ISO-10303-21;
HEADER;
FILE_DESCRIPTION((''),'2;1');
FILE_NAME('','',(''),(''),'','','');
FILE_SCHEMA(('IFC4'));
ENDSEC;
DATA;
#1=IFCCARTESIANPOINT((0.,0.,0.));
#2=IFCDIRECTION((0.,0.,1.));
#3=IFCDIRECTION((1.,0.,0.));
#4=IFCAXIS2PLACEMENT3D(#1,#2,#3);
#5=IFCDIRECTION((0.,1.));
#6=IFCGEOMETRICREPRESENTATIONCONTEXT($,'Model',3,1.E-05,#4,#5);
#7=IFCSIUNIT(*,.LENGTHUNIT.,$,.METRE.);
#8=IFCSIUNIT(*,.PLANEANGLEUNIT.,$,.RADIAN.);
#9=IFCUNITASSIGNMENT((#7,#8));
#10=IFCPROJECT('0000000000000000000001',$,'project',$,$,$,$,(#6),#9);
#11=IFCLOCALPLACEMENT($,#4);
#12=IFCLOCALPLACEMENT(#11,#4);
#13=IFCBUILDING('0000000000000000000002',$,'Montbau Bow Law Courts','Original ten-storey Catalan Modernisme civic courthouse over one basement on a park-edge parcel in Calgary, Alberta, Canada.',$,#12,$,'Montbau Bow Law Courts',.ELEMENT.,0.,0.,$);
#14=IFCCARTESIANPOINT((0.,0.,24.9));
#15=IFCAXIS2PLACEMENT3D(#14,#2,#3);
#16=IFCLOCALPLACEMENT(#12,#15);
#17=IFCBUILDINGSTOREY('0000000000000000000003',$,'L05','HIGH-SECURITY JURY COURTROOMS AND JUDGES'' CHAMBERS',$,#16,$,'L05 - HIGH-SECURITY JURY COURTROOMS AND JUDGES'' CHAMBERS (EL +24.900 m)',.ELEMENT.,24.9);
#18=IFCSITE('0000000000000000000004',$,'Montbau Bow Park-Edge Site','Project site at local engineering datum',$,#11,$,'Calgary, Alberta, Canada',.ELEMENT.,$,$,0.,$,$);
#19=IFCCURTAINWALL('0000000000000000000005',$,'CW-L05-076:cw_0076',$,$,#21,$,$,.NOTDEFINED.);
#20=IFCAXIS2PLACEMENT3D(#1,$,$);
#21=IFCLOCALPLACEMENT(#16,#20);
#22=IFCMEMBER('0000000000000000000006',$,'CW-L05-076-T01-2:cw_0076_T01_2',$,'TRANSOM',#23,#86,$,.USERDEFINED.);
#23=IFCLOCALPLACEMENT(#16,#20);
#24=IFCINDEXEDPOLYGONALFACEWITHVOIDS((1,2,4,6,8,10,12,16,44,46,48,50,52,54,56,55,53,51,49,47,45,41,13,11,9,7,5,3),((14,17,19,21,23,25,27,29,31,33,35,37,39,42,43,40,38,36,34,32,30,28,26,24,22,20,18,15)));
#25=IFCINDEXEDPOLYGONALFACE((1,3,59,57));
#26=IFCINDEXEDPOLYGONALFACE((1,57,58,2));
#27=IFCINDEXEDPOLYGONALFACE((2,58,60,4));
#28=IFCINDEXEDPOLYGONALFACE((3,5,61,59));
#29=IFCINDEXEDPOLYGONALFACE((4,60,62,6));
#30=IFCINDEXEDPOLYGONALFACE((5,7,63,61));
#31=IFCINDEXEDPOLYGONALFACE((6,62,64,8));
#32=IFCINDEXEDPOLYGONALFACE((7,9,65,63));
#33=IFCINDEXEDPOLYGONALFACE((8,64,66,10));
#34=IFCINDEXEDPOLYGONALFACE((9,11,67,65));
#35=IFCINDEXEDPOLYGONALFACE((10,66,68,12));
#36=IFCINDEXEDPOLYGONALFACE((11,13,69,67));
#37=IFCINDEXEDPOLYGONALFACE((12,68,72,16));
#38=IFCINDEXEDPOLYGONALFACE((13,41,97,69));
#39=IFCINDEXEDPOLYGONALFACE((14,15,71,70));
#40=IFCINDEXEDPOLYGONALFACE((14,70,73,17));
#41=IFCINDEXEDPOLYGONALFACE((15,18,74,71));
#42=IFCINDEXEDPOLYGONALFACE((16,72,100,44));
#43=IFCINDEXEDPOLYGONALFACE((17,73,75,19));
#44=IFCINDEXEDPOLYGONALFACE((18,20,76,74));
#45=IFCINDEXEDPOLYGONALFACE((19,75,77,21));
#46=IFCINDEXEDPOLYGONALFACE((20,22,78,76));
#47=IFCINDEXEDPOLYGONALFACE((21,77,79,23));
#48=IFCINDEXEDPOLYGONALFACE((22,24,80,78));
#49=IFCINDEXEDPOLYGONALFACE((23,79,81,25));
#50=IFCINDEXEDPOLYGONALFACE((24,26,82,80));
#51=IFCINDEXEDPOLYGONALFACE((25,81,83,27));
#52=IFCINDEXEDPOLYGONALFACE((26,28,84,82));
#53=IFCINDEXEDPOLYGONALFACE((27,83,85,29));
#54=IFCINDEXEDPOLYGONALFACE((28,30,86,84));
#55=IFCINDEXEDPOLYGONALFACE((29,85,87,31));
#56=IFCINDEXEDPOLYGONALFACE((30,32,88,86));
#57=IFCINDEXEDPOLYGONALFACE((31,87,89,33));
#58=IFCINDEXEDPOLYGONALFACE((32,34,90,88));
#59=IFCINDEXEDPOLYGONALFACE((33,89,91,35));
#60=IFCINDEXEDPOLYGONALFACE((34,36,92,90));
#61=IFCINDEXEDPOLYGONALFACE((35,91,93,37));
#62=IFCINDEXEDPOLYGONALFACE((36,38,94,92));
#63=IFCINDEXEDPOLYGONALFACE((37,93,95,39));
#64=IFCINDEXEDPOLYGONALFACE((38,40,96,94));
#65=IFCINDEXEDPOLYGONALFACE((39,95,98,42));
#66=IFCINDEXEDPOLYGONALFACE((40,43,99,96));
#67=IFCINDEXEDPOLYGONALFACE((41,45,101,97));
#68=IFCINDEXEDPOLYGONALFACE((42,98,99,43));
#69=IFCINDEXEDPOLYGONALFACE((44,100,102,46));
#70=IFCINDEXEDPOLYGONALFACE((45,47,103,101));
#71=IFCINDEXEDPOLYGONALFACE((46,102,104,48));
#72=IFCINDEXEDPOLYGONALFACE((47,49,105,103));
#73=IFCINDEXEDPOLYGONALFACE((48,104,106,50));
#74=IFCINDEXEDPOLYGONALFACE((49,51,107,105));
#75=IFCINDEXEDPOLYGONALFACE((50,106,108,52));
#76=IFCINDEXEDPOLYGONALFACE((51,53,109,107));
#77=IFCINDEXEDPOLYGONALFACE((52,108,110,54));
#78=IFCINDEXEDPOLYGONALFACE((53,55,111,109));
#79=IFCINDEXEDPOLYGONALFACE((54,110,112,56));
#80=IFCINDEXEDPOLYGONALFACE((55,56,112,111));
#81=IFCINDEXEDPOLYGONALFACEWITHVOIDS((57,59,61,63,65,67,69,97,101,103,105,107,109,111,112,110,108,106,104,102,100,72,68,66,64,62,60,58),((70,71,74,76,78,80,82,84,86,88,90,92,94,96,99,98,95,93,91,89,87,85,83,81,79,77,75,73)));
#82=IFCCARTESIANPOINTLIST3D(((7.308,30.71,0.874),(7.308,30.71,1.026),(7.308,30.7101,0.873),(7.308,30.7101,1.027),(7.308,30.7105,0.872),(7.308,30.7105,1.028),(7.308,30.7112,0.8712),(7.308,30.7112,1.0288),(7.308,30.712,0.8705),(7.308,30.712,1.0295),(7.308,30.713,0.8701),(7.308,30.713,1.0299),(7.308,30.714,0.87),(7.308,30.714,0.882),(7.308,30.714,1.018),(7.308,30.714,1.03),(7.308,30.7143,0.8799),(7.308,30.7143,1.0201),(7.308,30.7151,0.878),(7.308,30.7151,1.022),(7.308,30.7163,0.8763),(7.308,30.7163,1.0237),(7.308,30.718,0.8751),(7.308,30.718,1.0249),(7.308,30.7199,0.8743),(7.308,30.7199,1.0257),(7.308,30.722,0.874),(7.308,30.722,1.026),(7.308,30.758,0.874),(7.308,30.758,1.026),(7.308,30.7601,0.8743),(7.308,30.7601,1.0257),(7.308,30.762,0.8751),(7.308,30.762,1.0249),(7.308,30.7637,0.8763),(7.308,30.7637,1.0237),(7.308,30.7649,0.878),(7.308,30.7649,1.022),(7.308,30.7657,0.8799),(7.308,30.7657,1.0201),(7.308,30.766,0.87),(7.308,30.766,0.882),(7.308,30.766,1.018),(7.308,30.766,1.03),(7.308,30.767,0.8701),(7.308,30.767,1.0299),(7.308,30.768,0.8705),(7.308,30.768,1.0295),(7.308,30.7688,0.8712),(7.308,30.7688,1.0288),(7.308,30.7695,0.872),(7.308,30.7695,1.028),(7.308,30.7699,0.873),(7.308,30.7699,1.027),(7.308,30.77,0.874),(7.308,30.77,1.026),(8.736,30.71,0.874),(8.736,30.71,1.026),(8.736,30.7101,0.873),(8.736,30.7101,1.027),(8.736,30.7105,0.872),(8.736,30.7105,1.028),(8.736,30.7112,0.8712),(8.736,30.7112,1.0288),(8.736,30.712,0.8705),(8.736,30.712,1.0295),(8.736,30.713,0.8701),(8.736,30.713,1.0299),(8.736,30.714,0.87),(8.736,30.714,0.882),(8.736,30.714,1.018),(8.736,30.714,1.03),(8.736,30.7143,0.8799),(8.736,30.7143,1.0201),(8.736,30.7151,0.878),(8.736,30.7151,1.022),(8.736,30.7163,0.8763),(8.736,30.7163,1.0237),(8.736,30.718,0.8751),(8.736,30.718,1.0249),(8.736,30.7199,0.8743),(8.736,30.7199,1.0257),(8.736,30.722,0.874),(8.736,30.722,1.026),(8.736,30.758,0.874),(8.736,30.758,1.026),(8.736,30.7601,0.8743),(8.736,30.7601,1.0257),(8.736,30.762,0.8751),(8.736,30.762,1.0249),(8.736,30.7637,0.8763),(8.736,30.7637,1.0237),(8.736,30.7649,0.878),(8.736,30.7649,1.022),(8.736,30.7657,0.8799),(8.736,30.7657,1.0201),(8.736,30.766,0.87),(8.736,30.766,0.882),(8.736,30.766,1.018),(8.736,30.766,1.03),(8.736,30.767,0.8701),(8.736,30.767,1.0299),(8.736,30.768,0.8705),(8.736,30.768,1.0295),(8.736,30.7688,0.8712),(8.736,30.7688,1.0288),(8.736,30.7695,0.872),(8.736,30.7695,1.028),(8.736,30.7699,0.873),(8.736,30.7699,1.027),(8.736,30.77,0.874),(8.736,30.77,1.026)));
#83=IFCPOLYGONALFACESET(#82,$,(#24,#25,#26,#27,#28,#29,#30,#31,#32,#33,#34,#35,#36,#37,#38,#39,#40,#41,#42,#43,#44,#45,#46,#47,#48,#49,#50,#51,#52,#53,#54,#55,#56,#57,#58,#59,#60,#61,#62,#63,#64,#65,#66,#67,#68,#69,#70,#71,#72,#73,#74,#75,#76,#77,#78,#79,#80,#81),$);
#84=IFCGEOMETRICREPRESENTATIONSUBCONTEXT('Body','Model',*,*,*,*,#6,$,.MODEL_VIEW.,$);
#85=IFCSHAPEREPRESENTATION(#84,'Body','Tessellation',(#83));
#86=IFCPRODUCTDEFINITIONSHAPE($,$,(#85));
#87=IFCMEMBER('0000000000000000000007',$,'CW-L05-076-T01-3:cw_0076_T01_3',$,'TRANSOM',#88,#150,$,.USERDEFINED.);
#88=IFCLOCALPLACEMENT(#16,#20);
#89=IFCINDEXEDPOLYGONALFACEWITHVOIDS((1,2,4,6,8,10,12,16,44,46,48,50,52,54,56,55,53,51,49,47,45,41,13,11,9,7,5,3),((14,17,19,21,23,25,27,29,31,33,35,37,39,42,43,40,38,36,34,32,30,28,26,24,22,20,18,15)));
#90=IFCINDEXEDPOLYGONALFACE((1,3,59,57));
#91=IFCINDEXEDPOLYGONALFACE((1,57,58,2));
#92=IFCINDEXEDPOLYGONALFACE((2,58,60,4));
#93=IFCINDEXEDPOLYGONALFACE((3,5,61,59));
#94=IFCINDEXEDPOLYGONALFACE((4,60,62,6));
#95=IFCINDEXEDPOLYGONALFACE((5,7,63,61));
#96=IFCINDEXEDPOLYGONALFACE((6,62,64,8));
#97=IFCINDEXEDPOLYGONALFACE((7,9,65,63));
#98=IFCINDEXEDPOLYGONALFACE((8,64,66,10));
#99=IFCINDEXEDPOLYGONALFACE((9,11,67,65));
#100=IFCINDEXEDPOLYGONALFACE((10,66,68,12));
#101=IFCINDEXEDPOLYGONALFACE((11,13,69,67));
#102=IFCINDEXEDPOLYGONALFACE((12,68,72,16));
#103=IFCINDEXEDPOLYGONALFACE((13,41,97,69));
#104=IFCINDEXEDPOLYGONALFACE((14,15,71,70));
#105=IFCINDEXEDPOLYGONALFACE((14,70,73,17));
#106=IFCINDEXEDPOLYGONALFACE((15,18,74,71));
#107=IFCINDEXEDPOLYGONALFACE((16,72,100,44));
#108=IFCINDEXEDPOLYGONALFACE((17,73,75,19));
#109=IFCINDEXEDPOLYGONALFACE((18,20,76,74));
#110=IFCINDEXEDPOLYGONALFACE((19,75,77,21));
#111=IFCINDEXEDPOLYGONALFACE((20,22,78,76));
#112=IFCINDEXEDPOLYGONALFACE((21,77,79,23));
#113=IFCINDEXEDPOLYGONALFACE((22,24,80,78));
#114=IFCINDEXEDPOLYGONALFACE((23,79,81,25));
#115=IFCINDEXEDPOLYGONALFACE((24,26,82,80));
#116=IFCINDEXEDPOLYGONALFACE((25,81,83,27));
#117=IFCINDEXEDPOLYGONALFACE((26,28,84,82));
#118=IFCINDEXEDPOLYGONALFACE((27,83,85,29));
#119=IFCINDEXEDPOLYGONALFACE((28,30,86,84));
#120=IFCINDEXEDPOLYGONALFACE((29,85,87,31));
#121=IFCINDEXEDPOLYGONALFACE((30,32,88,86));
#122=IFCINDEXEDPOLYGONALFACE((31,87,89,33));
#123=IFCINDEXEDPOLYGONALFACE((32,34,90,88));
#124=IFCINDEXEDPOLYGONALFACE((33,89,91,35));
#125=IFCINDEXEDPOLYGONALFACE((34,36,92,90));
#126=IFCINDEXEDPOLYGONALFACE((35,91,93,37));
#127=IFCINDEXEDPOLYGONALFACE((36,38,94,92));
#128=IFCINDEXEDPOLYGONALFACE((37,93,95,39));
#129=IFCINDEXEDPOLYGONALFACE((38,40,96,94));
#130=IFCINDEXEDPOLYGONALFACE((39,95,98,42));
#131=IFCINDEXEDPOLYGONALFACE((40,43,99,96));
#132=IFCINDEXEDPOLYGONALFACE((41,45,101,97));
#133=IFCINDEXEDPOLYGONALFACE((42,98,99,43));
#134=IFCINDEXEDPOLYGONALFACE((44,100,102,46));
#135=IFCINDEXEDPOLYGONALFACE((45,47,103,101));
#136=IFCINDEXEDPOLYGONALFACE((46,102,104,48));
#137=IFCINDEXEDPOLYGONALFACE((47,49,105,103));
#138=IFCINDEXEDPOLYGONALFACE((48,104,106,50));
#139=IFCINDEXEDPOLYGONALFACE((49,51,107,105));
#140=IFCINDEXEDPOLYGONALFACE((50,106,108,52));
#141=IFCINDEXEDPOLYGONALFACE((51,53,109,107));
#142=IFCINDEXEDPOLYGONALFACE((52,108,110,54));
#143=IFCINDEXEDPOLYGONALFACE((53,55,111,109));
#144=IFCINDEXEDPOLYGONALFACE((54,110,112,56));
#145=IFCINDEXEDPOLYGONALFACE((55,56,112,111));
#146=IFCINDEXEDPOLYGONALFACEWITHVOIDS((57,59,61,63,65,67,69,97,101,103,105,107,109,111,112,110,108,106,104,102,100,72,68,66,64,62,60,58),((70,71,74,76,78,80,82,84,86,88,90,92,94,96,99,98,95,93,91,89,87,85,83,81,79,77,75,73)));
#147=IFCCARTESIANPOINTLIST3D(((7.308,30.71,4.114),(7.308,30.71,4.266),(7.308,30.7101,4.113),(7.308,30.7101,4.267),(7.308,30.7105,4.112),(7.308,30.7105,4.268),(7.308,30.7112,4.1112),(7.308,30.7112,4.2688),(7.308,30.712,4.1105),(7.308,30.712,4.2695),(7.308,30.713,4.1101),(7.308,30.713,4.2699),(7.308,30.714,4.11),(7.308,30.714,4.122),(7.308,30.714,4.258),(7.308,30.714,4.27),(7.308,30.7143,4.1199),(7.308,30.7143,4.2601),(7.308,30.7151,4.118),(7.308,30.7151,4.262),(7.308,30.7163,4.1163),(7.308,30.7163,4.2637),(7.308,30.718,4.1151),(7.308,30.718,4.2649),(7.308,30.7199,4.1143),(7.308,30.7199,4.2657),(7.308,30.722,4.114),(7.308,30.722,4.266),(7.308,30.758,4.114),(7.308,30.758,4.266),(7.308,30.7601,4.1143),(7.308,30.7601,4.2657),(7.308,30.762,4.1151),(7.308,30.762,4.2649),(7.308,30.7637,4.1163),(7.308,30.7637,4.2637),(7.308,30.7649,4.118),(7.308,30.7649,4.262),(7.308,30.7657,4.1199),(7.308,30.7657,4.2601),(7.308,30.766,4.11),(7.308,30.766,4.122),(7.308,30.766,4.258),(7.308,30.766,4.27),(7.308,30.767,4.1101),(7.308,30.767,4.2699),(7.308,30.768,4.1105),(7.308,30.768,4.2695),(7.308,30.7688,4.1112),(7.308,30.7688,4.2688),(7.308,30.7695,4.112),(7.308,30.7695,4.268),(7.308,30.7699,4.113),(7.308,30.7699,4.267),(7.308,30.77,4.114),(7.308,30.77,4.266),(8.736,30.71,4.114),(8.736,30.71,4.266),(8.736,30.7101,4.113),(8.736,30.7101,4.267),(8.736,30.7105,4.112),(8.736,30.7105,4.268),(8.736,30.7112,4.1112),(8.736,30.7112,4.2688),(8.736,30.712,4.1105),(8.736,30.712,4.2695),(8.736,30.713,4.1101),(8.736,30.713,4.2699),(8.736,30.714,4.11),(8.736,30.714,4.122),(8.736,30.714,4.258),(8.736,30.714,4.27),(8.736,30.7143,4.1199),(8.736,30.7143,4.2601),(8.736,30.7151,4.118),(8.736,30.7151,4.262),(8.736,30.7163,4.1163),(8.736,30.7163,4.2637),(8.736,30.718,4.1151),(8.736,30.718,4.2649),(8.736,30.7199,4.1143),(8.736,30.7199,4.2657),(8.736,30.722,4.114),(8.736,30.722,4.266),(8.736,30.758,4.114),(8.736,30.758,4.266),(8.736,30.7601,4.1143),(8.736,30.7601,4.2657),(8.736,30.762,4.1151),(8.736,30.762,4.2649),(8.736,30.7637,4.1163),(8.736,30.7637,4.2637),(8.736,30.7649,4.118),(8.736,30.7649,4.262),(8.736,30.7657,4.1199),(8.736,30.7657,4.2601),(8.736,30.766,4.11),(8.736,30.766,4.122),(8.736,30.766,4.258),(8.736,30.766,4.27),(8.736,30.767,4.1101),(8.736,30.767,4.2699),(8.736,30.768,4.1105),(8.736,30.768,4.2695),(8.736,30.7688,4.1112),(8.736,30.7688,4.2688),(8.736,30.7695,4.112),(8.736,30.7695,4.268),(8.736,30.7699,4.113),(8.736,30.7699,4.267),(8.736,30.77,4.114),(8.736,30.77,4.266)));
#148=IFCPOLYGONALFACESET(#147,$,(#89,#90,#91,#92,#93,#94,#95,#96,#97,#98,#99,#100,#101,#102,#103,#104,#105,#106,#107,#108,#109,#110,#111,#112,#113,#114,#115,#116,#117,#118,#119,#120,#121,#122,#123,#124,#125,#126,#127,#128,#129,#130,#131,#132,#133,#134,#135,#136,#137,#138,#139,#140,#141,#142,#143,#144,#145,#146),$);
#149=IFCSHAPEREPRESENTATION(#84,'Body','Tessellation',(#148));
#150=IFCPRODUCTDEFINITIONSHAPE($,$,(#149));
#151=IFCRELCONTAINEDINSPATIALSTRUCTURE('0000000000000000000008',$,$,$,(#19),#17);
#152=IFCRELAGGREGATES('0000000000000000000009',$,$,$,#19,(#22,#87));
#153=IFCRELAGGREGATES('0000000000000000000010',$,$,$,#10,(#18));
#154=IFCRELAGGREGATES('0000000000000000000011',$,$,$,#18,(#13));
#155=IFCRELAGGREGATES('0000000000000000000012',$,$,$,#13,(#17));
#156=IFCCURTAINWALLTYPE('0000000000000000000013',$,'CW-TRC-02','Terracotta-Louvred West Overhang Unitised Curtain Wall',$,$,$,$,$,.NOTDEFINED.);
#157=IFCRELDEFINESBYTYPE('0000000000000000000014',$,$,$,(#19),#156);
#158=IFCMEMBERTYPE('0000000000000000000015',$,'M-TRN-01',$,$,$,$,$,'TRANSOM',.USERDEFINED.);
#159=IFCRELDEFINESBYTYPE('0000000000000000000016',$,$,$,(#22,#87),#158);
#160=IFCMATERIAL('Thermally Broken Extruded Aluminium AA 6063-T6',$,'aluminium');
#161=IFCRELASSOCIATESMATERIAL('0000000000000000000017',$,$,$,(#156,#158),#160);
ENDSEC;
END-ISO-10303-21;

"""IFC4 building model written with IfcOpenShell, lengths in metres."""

from ifc_helpers import new_model, si_unit, direction, frame, origin_with_axes, origin_2d_with_axis, place, context, subcontext, project, spatial, hollow_rectangle, extrude, material, material_profile, profile_set, type_object, element, aggregate, save


model = new_model("IFC4")

# Units and contexts
model_context = context("Model", 3, precision=1e-05, world=origin_with_axes(), true_north=direction((0.0, 1.0)))
body_context = subcontext(model_context, "Body", "Model", "MODEL_VIEW")
ifc_project = project(units=[si_unit("LENGTHUNIT", "METRE"), si_unit("PLANEANGLEUNIT", "RADIAN")], contexts=[model_context])

# Site, building, storey
site_placement = place(None, origin_with_axes())
site = spatial("IfcSite", under=ifc_project, at=site_placement, Name="Montbau Bow Park-Edge Site", Description="Project site at local engineering datum", LongName="Calgary, Alberta, Canada", CompositionType="ELEMENT", RefElevation=0.0)
building_placement = place(site_placement, origin_with_axes())
building = spatial("IfcBuilding", under=site, at=building_placement, Name="Montbau Bow Law Courts", Description="Original ten-storey Catalan Modernisme civic courthouse over one basement on a park-edge parcel in Calgary, Alberta, Canada.", LongName="Montbau Bow Law Courts", CompositionType="ELEMENT", ElevationOfRefHeight=0.0, ElevationOfTerrain=0.0)
storey_placement = place(building_placement, frame((0.0, 0.0, 24.9), z_axis=(0.0, 0.0, 1.0), x_axis=(1.0, 0.0, 0.0)))
storey = spatial("IfcBuildingStorey", under=building, at=storey_placement, Name="L05", Description="HIGH-SECURITY JURY COURTROOMS AND JUDGES' CHAMBERS", LongName="L05 - HIGH-SECURITY JURY COURTROOMS AND JUDGES' CHAMBERS (EL +24.900 m)", CompositionType="ELEMENT", Elevation=24.9)

# Curtain wall, members
ifc_material_1 = material(Name="Thermally Broken Extruded Aluminium AA 6063-T6", Category="aluminium")
curtain_wall_type = type_object("IfcCurtainWallType", Name="CW-TRC-02", Description="Terracotta-Louvred West Overhang Unitised Curtain Wall", PredefinedType="NOTDEFINED", material=ifc_material_1)
curtain_wall_placement = place(None, frame((7.24, 30.74, 24.9), z_axis=(0.0, 0.0, 1.0), x_axis=(1.0, 0.0, 0.0)))
curtain_wall = element("IfcCurtainWall", 1, at=curtain_wall_placement, inside=storey, type_object=curtain_wall_type, Name="CW-L05-076:cw_0076", PredefinedType="NOTDEFINED")
ifc_material_profile_1 = material_profile(ifc_material_1, hollow_rectangle(XDim=0.06, YDim=0.16, WallThickness=0.004, InnerFilletRadius=0.008, OuterFilletRadius=0.004, at=origin_2d_with_axis()), Name="CWT-160X60", Category="Main", Priority=0)
ifc_profile_set_1 = profile_set([ifc_material_profile_1], Name="Thermally Broken Extruded Aluminium AA 6063-T6")
member_type_1 = type_object("IfcMemberType", Name="M-TRN-01", ElementType="TRANSOM", PredefinedType="USERDEFINED", material=ifc_profile_set_1)
member_1_placement = place(None, frame((7.308, 30.74, 25.85), z_axis=(1.0, 0.0, 0.0), x_axis=(0.0, 1.0, 0.0)))
member_1 = element("IfcMember", 2, at=member_1_placement, type_object=member_type_1, Name="CW-L05-076-T01-2:cw_0076_T01_2", ObjectType="TRANSOM", PredefinedType="USERDEFINED", context=body_context, shape_type="SweptSolid", body=[
    extrude(hollow_rectangle(XDim=0.06, YDim=0.16, WallThickness=0.004, InnerFilletRadius=0.008, OuterFilletRadius=0.004, at=origin_2d_with_axis()), origin_with_axes(), (0.0, 0.0, 1.0), 1.428),
])
member_2_placement = place(None, frame((7.308, 30.74, 29.09), z_axis=(1.0, 0.0, 0.0), x_axis=(0.0, 1.0, 0.0)))
member_2 = element("IfcMember", 3, at=member_2_placement, type_object=member_type_1, Name="CW-L05-076-T01-3:cw_0076_T01_3", ObjectType="TRANSOM", PredefinedType="USERDEFINED", context=body_context, shape_type="SweptSolid", body=[
    extrude(hollow_rectangle(XDim=0.06, YDim=0.16, WallThickness=0.004, InnerFilletRadius=0.008, OuterFilletRadius=0.004, at=origin_2d_with_axis()), origin_with_axes(), (0.0, 0.0, 1.0), 1.428),
])
aggregate(curtain_wall, [member_1, member_2])

save(model, "model.ifc")
